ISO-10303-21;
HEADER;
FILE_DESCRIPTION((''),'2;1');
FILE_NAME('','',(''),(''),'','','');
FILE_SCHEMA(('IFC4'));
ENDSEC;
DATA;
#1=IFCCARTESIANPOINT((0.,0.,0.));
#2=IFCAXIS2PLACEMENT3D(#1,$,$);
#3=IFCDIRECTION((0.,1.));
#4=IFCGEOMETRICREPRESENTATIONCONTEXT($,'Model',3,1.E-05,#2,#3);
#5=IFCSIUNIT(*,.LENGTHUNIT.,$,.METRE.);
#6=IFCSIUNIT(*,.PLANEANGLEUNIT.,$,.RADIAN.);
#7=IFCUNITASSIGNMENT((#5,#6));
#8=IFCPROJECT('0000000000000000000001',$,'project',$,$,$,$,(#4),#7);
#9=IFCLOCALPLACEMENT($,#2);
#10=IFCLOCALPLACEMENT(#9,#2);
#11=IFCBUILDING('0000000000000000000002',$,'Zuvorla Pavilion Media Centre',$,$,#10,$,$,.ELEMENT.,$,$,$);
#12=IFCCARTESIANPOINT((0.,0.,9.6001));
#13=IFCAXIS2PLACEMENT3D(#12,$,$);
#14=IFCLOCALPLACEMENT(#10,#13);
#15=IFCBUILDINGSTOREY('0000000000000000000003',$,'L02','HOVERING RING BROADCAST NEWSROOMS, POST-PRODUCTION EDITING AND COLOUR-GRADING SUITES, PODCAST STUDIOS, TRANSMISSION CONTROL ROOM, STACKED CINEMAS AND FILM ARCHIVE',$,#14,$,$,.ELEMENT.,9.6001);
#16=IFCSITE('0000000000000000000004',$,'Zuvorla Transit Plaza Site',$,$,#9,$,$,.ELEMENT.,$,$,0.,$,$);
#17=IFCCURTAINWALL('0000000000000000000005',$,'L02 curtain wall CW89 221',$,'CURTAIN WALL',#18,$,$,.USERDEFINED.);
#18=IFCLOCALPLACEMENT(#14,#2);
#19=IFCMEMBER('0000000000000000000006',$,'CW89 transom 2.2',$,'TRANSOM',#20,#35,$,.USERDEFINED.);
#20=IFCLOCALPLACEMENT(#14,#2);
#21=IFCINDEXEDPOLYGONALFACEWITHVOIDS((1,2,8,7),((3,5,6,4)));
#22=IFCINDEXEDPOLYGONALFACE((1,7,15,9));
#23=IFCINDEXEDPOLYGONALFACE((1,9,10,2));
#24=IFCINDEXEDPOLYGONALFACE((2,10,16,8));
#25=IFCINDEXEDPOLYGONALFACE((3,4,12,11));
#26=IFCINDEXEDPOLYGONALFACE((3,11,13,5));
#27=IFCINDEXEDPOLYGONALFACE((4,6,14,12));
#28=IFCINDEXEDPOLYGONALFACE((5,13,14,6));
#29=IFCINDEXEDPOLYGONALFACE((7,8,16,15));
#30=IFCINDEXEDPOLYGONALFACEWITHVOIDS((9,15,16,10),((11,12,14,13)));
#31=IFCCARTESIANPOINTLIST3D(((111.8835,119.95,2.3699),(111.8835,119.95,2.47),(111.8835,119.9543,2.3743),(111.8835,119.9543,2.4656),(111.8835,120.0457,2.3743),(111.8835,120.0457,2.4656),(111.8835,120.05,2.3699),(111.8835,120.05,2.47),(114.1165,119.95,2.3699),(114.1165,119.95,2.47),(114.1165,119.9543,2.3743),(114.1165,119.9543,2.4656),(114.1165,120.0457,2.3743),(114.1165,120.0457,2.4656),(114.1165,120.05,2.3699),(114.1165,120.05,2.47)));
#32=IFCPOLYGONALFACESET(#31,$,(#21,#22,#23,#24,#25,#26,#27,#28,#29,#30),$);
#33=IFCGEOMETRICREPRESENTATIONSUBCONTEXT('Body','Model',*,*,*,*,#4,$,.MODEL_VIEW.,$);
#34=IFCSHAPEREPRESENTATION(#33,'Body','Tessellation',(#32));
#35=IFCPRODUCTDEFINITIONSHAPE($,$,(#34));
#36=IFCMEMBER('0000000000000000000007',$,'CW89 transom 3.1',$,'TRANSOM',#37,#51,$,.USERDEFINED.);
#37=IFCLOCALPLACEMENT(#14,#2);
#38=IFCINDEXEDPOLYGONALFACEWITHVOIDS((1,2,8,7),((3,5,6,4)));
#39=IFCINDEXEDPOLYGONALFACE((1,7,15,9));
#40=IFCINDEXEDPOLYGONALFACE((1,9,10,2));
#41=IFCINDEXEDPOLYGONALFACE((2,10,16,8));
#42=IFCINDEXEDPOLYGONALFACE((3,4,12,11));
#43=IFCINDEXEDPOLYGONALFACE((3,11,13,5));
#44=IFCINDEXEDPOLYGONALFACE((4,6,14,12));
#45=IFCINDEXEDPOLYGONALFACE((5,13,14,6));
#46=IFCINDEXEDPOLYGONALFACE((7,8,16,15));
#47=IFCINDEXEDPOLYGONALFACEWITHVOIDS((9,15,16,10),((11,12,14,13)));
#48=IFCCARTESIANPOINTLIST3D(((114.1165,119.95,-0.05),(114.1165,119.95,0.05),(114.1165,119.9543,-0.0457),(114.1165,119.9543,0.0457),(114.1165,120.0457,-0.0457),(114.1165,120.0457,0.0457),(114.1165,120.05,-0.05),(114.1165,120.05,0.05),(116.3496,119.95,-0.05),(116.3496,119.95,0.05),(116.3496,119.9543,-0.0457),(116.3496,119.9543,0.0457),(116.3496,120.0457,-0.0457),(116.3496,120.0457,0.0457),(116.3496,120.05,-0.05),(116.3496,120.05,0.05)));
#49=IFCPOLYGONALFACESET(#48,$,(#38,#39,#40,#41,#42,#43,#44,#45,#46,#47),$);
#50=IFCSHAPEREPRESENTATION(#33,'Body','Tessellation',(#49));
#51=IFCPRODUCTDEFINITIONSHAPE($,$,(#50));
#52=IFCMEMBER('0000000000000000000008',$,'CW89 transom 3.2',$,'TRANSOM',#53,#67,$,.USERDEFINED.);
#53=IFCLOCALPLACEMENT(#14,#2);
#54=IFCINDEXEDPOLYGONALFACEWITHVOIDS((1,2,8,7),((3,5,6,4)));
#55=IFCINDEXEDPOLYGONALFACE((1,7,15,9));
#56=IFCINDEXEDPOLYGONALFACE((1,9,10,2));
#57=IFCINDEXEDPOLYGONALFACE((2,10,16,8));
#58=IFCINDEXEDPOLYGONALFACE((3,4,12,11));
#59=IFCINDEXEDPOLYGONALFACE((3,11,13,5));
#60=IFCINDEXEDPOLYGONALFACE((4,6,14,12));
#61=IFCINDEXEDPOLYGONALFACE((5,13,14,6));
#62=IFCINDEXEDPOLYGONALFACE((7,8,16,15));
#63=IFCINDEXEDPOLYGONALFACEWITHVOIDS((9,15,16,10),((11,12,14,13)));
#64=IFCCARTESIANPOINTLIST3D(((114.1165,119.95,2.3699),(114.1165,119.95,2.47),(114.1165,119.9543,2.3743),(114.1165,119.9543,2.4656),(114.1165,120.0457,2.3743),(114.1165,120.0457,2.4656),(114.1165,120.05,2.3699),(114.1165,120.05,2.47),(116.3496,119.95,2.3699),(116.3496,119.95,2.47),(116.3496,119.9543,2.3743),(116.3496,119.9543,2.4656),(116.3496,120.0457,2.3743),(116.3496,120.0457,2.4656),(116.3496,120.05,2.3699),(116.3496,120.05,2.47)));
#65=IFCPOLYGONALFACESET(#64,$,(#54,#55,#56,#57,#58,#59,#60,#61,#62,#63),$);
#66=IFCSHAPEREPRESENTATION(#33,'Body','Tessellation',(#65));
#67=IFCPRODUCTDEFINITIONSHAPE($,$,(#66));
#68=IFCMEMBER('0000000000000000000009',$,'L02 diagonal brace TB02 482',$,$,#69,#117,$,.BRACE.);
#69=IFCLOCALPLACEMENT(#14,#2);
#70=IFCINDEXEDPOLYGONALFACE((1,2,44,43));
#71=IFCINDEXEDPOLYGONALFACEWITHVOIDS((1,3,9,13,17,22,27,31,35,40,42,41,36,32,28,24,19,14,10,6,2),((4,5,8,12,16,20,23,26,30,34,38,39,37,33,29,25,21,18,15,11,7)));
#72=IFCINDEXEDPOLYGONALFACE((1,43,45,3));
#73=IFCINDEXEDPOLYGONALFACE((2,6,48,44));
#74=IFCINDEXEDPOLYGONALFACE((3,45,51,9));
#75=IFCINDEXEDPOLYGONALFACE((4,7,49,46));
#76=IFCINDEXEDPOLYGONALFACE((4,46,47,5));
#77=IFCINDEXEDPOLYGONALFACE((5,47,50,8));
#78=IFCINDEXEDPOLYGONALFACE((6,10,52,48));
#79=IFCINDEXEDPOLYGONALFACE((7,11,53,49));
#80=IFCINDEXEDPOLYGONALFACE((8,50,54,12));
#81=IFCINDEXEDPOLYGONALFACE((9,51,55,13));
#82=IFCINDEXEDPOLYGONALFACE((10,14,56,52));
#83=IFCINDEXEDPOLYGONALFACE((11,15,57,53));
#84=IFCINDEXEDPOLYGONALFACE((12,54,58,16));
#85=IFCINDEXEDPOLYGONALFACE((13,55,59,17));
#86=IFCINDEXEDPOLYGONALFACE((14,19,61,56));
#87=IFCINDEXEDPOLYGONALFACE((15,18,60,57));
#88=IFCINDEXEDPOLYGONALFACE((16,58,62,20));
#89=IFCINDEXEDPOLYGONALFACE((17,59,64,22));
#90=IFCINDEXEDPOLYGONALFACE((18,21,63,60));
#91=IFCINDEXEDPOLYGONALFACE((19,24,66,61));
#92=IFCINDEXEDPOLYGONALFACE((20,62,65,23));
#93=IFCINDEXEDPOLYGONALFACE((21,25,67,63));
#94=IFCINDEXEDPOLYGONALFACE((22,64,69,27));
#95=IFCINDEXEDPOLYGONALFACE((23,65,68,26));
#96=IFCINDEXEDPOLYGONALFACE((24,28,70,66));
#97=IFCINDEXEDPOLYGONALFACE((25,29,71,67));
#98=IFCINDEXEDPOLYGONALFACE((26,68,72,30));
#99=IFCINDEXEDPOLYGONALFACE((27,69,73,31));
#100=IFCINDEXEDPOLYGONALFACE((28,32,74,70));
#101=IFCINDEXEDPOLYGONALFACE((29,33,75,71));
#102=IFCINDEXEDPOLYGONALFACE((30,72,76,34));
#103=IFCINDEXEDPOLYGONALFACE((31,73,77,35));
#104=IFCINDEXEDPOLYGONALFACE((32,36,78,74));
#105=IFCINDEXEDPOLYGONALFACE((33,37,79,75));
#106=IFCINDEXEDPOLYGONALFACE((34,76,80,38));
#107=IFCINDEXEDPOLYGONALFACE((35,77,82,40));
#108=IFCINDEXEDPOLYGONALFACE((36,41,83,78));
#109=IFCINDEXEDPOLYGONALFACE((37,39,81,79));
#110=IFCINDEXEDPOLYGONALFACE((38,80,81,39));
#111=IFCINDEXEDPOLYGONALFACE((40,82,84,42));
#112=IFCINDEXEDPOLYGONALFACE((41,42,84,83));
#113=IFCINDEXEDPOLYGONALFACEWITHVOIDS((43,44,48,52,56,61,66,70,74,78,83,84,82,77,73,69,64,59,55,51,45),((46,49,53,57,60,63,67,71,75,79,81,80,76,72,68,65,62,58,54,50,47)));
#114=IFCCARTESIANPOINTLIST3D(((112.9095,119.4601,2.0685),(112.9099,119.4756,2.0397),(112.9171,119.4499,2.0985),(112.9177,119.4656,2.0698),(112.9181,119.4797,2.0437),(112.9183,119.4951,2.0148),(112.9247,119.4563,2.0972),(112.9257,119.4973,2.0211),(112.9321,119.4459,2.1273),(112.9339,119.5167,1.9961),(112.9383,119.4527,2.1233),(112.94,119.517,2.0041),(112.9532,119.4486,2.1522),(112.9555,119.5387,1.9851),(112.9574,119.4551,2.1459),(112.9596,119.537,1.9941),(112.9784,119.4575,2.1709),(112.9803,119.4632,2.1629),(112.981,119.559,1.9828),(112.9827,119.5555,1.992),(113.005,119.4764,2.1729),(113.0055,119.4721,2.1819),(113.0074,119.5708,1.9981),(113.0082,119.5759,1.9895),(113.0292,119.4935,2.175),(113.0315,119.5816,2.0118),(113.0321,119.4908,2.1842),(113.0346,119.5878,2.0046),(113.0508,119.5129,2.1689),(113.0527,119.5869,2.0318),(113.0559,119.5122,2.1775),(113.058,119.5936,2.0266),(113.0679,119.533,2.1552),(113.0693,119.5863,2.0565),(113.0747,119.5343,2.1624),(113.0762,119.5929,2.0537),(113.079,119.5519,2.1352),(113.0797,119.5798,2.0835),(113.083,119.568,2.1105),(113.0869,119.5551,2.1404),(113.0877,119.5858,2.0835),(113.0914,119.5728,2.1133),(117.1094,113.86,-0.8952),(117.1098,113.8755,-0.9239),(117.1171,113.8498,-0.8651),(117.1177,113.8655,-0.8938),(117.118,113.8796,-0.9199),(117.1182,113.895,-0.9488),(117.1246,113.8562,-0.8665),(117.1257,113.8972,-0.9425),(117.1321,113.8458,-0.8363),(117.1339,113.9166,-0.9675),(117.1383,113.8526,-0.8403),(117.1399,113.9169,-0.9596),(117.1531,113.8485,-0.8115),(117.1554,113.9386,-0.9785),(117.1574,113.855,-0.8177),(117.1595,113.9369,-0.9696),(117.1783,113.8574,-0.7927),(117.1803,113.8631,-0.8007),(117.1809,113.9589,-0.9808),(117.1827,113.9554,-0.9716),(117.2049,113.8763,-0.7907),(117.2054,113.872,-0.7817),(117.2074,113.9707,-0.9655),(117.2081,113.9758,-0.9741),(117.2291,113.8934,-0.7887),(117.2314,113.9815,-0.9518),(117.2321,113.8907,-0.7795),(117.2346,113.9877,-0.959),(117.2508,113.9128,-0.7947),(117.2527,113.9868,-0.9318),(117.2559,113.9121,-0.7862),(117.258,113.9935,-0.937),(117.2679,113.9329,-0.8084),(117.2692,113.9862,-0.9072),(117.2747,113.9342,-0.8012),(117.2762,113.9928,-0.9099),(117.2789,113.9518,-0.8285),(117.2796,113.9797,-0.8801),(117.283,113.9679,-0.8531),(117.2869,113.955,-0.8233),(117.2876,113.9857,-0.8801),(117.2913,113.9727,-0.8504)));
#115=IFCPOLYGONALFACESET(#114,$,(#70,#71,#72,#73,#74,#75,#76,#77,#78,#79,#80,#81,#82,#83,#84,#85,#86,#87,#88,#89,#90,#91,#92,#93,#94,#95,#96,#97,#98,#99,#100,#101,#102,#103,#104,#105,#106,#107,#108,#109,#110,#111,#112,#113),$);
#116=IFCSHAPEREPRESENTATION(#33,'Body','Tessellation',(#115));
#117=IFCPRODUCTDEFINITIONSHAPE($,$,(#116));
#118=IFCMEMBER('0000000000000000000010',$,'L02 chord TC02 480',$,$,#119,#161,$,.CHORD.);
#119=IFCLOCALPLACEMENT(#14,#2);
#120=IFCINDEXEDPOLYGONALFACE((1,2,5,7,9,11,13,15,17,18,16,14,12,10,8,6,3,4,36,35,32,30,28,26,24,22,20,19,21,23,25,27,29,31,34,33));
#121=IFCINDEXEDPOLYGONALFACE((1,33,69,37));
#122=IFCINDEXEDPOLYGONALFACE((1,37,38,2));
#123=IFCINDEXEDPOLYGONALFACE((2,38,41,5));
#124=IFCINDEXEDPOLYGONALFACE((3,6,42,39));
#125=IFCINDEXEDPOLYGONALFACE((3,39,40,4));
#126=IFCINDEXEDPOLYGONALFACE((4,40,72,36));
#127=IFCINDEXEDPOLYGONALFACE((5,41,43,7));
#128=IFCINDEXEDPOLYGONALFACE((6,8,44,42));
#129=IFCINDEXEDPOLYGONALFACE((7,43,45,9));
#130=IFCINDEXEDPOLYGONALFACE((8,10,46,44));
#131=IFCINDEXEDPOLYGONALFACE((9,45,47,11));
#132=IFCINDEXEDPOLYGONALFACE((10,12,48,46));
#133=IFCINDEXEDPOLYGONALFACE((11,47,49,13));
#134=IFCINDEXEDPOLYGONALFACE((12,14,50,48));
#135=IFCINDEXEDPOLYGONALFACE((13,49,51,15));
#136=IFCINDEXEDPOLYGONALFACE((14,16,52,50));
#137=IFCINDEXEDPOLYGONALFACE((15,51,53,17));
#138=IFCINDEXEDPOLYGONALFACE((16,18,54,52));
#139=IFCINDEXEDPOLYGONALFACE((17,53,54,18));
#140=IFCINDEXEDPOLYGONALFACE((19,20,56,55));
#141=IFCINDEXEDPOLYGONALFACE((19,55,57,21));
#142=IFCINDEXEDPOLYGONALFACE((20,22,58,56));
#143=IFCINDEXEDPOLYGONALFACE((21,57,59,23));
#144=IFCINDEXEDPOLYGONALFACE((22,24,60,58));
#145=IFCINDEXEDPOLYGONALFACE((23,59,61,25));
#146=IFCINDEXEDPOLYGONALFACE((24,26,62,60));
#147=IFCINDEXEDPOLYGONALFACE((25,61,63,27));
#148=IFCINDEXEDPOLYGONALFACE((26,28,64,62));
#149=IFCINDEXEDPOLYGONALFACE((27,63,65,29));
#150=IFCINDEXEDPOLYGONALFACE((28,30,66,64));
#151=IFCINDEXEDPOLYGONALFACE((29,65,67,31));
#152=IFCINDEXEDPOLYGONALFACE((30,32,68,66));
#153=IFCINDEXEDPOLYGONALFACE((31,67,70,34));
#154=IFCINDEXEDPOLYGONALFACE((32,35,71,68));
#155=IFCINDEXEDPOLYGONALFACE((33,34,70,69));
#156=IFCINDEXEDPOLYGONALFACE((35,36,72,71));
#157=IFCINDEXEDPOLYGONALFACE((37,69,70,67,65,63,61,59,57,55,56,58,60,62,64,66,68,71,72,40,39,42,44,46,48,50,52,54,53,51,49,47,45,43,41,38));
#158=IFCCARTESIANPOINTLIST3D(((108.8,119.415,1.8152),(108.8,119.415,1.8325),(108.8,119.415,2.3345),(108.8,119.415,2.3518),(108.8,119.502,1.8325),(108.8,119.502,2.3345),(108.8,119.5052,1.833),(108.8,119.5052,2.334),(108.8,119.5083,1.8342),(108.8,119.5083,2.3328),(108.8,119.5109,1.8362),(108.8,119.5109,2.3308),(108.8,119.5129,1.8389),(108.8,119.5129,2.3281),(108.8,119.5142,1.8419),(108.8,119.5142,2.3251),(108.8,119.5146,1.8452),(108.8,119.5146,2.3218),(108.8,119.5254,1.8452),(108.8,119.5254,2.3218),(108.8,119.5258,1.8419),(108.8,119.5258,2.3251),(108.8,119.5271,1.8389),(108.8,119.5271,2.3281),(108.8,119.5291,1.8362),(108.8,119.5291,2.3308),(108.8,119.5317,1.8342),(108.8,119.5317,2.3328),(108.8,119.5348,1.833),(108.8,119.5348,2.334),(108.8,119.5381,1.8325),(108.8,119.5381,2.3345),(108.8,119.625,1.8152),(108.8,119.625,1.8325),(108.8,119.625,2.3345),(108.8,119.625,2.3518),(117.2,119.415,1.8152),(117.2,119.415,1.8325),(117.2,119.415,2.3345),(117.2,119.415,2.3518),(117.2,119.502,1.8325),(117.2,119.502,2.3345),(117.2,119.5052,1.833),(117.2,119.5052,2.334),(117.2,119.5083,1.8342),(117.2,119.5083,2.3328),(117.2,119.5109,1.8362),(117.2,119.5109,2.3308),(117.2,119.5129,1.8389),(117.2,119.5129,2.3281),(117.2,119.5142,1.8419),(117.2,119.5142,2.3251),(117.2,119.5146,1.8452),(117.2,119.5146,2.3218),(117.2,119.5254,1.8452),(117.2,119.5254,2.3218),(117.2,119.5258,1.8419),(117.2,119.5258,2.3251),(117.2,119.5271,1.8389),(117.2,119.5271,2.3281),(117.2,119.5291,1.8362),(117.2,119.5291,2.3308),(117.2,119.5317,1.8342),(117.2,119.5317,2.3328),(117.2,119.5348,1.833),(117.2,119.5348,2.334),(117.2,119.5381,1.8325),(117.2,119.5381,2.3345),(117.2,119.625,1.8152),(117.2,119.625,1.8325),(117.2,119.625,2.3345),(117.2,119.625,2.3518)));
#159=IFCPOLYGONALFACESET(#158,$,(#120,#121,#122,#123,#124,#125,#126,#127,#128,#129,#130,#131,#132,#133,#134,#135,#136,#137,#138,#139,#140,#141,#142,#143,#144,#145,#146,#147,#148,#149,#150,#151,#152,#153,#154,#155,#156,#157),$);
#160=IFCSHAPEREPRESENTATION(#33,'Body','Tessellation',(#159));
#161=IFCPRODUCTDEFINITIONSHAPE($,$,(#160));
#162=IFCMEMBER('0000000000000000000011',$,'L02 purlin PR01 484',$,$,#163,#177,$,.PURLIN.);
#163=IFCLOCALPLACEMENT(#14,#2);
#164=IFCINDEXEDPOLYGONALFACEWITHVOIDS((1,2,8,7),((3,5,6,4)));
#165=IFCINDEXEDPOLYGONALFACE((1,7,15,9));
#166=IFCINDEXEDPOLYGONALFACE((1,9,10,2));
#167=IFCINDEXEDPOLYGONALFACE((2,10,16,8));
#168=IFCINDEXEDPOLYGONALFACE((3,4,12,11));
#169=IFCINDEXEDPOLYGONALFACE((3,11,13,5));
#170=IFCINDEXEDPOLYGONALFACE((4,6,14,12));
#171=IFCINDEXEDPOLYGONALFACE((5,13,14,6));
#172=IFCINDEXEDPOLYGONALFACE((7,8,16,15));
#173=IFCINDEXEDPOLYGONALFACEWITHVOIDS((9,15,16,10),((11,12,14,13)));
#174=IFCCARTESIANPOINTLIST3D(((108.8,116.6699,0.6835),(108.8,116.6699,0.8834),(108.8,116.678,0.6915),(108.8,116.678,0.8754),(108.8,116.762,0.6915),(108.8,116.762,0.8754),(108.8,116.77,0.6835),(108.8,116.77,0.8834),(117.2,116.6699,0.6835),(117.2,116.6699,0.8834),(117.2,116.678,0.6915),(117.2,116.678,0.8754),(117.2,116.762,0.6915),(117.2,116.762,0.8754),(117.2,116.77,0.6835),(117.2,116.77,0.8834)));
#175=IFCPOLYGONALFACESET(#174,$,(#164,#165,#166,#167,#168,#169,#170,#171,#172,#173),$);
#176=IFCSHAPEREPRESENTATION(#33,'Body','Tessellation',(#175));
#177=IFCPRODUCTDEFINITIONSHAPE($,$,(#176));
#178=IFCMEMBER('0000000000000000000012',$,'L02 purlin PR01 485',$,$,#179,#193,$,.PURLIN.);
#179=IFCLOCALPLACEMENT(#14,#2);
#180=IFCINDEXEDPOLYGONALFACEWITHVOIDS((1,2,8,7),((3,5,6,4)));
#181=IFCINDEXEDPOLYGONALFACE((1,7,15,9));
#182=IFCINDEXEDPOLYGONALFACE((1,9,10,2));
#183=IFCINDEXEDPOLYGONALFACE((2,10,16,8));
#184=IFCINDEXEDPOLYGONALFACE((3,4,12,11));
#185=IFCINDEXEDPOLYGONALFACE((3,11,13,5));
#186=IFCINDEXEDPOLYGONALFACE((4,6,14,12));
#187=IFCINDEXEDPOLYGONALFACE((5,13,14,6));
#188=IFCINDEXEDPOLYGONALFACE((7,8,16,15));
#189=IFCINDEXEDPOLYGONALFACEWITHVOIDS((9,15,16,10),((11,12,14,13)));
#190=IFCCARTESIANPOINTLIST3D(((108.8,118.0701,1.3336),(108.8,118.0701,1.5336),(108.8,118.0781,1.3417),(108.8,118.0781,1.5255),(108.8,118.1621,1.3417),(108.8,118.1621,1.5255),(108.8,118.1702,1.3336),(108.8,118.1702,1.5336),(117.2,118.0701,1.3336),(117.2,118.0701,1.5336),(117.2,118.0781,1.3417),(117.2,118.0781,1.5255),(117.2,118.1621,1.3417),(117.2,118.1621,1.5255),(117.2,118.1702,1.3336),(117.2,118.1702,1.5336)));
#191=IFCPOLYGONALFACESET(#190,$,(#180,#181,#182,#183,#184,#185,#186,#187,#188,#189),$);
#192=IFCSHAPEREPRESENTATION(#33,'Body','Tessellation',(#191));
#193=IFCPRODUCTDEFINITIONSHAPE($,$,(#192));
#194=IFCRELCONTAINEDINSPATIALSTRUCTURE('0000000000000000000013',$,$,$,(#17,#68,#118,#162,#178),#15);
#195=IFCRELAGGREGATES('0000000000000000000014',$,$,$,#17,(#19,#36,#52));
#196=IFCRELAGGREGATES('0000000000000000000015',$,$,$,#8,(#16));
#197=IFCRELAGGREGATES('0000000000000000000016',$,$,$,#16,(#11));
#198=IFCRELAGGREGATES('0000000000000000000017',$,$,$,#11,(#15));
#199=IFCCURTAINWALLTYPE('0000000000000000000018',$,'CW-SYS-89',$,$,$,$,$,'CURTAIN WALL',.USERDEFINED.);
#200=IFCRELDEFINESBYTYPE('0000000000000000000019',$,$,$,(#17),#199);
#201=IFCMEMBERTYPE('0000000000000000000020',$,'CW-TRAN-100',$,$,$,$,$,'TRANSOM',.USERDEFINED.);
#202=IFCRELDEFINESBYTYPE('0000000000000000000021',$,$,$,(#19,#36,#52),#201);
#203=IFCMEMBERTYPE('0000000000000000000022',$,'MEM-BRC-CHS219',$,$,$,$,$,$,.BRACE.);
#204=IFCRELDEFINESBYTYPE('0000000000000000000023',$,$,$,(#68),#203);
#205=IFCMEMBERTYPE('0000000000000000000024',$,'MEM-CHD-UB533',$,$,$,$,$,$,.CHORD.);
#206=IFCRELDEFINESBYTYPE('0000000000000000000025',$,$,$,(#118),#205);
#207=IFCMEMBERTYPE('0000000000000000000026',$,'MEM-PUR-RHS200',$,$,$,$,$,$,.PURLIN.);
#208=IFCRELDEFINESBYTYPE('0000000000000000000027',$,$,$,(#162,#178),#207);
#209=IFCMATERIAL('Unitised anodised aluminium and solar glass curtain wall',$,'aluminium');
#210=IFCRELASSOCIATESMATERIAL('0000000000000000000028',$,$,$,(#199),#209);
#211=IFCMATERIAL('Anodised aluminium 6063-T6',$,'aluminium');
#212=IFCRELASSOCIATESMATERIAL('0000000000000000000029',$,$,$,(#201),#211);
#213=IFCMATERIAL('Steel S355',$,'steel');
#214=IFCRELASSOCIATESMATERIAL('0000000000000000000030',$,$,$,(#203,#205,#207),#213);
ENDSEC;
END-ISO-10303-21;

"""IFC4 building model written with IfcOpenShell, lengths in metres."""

from ifc_helpers import new_model, si_unit, direction, frame, origin, origin_2d, place, context, subcontext, project, spatial, hollow_rectangle, hollow_circle, i_section, extrude, material, material_profile, profile_set, type_object, element, aggregate, save


model = new_model("IFC4")

# Units and contexts
model_context = context("Model", 3, precision=1e-05, world=origin(), true_north=direction((0.0, 1.0)))
body_context = subcontext(model_context, "Body", "Model", "MODEL_VIEW")
ifc_project = project(units=[si_unit("LENGTHUNIT", "METRE"), si_unit("PLANEANGLEUNIT", "RADIAN")], contexts=[model_context])

# Site, building, storey
site_placement = place(None, origin())
site = spatial("IfcSite", under=ifc_project, at=site_placement, Name="Zuvorla Transit Plaza Site", CompositionType="ELEMENT", RefElevation=0.0)
building_placement = place(site_placement, origin())
building = spatial("IfcBuilding", under=site, at=building_placement, Name="Zuvorla Pavilion Media Centre", CompositionType="ELEMENT")
storey_placement = place(building_placement, frame((0.0, 0.0, 9.6001)))
storey = spatial("IfcBuildingStorey", under=building, at=storey_placement, Name="L02", Description="HOVERING RING BROADCAST NEWSROOMS, POST-PRODUCTION EDITING AND COLOUR-GRADING SUITES, PODCAST STUDIOS, TRANSMISSION CONTROL ROOM, STACKED CINEMAS AND FILM ARCHIVE", CompositionType="ELEMENT", Elevation=9.6001)

# Shared definitions
ifc_material_1 = material(Name="Steel S355", Category="steel")

# Shared definitions
ifc_material_2 = material(Name="Unitised anodised aluminium and solar glass curtain wall", Category="aluminium")
curtain_wall_type = type_object("IfcCurtainWallType", Name="CW-SYS-89", ElementType="CURTAIN WALL", PredefinedType="USERDEFINED", material=ifc_material_2)
ifc_material_3 = material(Name="Anodised aluminium 6063-T6", Category="aluminium")

# Curtain wall, members
curtain_wall_1_placement = place(storey_placement, origin())
curtain_wall_1 = element("IfcCurtainWall", 1, at=curtain_wall_1_placement, inside=storey, type_object=curtain_wall_type, Name="L02 curtain wall CW89 221", ObjectType="CURTAIN WALL", PredefinedType="USERDEFINED")
ifc_material_profile_1 = material_profile(ifc_material_3, hollow_rectangle(XDim=0.1001, YDim=0.1001, WallThickness=0.0044, at=origin_2d()), Name="ALU TRAN 100x100")
ifc_profile_set_1 = profile_set([ifc_material_profile_1], Name="Anodised aluminium 6063-T6")
member_type_1 = type_object("IfcMemberType", Name="CW-TRAN-100", ElementType="TRANSOM", PredefinedType="USERDEFINED", material=ifc_profile_set_1)
member_1_placement = place(storey_placement, frame((111.8835, 120.0, 2.4199), z_axis=(1.0, 0.0, 0.0), x_axis=(0.0, 1.0, 0.0)))
member_1 = element("IfcMember", 2, at=member_1_placement, type_object=member_type_1, Name="CW89 transom 2.2", ObjectType="TRANSOM", PredefinedType="USERDEFINED", context=body_context, shape_type="SweptSolid", body=[
    extrude(hollow_rectangle(XDim=0.1001, YDim=0.1001, WallThickness=0.0044, at=origin_2d()), origin(), (0.0, 0.0, 1.0), 2.2329),
])
member_2_placement = place(storey_placement, frame((114.1165, 120.0, 0.0), z_axis=(1.0, 0.0, 0.0), x_axis=(0.0, 1.0, 0.0)))
member_2 = element("IfcMember", 3, at=member_2_placement, type_object=member_type_1, Name="CW89 transom 3.1", ObjectType="TRANSOM", PredefinedType="USERDEFINED", context=body_context, shape_type="SweptSolid", body=[
    extrude(hollow_rectangle(XDim=0.1001, YDim=0.1001, WallThickness=0.0044, at=origin_2d()), origin(), (0.0, 0.0, 1.0), 2.2332),
])
member_3_placement = place(storey_placement, frame((114.1165, 120.0, 2.4199), z_axis=(1.0, 0.0, 0.0), x_axis=(0.0, 1.0, 0.0)))
member_3 = element("IfcMember", 4, at=member_3_placement, type_object=member_type_1, Name="CW89 transom 3.2", ObjectType="TRANSOM", PredefinedType="USERDEFINED", context=body_context, shape_type="SweptSolid", body=[
    extrude(hollow_rectangle(XDim=0.1001, YDim=0.1001, WallThickness=0.0044, at=origin_2d()), origin(), (0.0, 0.0, 1.0), 2.2332),
])

# Members
ifc_material_profile_2 = material_profile(ifc_material_1, hollow_circle(Radius=0.1096, WallThickness=0.01, at=origin_2d()), Name="CHS 219.1x10")
ifc_profile_set_2 = profile_set([ifc_material_profile_2], Name="Steel S355")
member_type_2 = type_object("IfcMemberType", Name="MEM-BRC-CHS219", PredefinedType="BRACE", material=ifc_profile_set_2)
member_4_placement = place(storey_placement, frame((113.0, 119.52, 2.0835), z_axis=(0.552512, -0.736704, -0.38987), x_axis=(0.800008, 0.599989, 0.0)))
element("IfcMember", 5, at=member_4_placement, inside=storey, type_object=member_type_2, Name="L02 diagonal brace TB02 482", PredefinedType="BRACE", context=body_context, shape_type="SweptSolid", body=[
    extrude(hollow_circle(Radius=0.1096, WallThickness=0.01, at=origin_2d()), origin(), (0.0, 0.0, 1.0), 7.6016),
])
ifc_material_profile_3 = material_profile(ifc_material_1, i_section(OverallWidth=0.21, OverallDepth=0.5366, WebThickness=0.0107, FlangeThickness=0.0173, FilletRadius=0.0127, at=origin_2d()), Name="UB 533x210x101")
ifc_profile_set_3 = profile_set([ifc_material_profile_3], Name="Steel S355")
member_type_3 = type_object("IfcMemberType", Name="MEM-CHD-UB533", PredefinedType="CHORD", material=ifc_profile_set_3)
member_5_placement = place(storey_placement, frame((108.8, 119.52, 2.0835), z_axis=(1.0, 0.0, 0.0), x_axis=(0.0, 1.0, 0.0)))
element("IfcMember", 6, at=member_5_placement, inside=storey, type_object=member_type_3, Name="L02 chord TC02 480", PredefinedType="CHORD", context=body_context, shape_type="SweptSolid", body=[
    extrude(i_section(OverallWidth=0.21, OverallDepth=0.5366, WebThickness=0.0107, FlangeThickness=0.0173, FilletRadius=0.0127, at=origin_2d()), origin(), (0.0, 0.0, 1.0), 8.3999),
])
ifc_material_profile_4 = material_profile(ifc_material_1, hollow_rectangle(XDim=0.1001, YDim=0.2, WallThickness=0.0081, at=origin_2d()), Name="RHS 200x100x8")
ifc_profile_set_4 = profile_set([ifc_material_profile_4], Name="Steel S355")
member_type_4 = type_object("IfcMemberType", Name="MEM-PUR-RHS200", PredefinedType="PURLIN", material=ifc_profile_set_4)
for number, where, z_axis, x_axis, name in (
    (7, (108.8, 116.72, 0.7834), (1.0, 0.0, 0.0), (0.0, 1.0, 0.0), "L02 purlin PR01 484"),
    (8, (108.8, 118.1201, 1.4336), (1.0, 0.0, 0.0), (0.0, 1.0, 0.0), "L02 purlin PR01 485"),
):
    element("IfcMember", number, at=place(storey_placement, frame(where, z_axis=z_axis, x_axis=x_axis)), inside=storey, type_object=member_type_4, Name=name, PredefinedType="PURLIN", context=body_context, shape_type="SweptSolid", body=[
        extrude(hollow_rectangle(XDim=0.1001, YDim=0.2, WallThickness=0.0081, at=origin_2d()), origin(), (0.0, 0.0, 1.0), 8.3999),
    ])

aggregate(curtain_wall_1, [member_1, member_2, member_3])

save(model, "model.ifc")
